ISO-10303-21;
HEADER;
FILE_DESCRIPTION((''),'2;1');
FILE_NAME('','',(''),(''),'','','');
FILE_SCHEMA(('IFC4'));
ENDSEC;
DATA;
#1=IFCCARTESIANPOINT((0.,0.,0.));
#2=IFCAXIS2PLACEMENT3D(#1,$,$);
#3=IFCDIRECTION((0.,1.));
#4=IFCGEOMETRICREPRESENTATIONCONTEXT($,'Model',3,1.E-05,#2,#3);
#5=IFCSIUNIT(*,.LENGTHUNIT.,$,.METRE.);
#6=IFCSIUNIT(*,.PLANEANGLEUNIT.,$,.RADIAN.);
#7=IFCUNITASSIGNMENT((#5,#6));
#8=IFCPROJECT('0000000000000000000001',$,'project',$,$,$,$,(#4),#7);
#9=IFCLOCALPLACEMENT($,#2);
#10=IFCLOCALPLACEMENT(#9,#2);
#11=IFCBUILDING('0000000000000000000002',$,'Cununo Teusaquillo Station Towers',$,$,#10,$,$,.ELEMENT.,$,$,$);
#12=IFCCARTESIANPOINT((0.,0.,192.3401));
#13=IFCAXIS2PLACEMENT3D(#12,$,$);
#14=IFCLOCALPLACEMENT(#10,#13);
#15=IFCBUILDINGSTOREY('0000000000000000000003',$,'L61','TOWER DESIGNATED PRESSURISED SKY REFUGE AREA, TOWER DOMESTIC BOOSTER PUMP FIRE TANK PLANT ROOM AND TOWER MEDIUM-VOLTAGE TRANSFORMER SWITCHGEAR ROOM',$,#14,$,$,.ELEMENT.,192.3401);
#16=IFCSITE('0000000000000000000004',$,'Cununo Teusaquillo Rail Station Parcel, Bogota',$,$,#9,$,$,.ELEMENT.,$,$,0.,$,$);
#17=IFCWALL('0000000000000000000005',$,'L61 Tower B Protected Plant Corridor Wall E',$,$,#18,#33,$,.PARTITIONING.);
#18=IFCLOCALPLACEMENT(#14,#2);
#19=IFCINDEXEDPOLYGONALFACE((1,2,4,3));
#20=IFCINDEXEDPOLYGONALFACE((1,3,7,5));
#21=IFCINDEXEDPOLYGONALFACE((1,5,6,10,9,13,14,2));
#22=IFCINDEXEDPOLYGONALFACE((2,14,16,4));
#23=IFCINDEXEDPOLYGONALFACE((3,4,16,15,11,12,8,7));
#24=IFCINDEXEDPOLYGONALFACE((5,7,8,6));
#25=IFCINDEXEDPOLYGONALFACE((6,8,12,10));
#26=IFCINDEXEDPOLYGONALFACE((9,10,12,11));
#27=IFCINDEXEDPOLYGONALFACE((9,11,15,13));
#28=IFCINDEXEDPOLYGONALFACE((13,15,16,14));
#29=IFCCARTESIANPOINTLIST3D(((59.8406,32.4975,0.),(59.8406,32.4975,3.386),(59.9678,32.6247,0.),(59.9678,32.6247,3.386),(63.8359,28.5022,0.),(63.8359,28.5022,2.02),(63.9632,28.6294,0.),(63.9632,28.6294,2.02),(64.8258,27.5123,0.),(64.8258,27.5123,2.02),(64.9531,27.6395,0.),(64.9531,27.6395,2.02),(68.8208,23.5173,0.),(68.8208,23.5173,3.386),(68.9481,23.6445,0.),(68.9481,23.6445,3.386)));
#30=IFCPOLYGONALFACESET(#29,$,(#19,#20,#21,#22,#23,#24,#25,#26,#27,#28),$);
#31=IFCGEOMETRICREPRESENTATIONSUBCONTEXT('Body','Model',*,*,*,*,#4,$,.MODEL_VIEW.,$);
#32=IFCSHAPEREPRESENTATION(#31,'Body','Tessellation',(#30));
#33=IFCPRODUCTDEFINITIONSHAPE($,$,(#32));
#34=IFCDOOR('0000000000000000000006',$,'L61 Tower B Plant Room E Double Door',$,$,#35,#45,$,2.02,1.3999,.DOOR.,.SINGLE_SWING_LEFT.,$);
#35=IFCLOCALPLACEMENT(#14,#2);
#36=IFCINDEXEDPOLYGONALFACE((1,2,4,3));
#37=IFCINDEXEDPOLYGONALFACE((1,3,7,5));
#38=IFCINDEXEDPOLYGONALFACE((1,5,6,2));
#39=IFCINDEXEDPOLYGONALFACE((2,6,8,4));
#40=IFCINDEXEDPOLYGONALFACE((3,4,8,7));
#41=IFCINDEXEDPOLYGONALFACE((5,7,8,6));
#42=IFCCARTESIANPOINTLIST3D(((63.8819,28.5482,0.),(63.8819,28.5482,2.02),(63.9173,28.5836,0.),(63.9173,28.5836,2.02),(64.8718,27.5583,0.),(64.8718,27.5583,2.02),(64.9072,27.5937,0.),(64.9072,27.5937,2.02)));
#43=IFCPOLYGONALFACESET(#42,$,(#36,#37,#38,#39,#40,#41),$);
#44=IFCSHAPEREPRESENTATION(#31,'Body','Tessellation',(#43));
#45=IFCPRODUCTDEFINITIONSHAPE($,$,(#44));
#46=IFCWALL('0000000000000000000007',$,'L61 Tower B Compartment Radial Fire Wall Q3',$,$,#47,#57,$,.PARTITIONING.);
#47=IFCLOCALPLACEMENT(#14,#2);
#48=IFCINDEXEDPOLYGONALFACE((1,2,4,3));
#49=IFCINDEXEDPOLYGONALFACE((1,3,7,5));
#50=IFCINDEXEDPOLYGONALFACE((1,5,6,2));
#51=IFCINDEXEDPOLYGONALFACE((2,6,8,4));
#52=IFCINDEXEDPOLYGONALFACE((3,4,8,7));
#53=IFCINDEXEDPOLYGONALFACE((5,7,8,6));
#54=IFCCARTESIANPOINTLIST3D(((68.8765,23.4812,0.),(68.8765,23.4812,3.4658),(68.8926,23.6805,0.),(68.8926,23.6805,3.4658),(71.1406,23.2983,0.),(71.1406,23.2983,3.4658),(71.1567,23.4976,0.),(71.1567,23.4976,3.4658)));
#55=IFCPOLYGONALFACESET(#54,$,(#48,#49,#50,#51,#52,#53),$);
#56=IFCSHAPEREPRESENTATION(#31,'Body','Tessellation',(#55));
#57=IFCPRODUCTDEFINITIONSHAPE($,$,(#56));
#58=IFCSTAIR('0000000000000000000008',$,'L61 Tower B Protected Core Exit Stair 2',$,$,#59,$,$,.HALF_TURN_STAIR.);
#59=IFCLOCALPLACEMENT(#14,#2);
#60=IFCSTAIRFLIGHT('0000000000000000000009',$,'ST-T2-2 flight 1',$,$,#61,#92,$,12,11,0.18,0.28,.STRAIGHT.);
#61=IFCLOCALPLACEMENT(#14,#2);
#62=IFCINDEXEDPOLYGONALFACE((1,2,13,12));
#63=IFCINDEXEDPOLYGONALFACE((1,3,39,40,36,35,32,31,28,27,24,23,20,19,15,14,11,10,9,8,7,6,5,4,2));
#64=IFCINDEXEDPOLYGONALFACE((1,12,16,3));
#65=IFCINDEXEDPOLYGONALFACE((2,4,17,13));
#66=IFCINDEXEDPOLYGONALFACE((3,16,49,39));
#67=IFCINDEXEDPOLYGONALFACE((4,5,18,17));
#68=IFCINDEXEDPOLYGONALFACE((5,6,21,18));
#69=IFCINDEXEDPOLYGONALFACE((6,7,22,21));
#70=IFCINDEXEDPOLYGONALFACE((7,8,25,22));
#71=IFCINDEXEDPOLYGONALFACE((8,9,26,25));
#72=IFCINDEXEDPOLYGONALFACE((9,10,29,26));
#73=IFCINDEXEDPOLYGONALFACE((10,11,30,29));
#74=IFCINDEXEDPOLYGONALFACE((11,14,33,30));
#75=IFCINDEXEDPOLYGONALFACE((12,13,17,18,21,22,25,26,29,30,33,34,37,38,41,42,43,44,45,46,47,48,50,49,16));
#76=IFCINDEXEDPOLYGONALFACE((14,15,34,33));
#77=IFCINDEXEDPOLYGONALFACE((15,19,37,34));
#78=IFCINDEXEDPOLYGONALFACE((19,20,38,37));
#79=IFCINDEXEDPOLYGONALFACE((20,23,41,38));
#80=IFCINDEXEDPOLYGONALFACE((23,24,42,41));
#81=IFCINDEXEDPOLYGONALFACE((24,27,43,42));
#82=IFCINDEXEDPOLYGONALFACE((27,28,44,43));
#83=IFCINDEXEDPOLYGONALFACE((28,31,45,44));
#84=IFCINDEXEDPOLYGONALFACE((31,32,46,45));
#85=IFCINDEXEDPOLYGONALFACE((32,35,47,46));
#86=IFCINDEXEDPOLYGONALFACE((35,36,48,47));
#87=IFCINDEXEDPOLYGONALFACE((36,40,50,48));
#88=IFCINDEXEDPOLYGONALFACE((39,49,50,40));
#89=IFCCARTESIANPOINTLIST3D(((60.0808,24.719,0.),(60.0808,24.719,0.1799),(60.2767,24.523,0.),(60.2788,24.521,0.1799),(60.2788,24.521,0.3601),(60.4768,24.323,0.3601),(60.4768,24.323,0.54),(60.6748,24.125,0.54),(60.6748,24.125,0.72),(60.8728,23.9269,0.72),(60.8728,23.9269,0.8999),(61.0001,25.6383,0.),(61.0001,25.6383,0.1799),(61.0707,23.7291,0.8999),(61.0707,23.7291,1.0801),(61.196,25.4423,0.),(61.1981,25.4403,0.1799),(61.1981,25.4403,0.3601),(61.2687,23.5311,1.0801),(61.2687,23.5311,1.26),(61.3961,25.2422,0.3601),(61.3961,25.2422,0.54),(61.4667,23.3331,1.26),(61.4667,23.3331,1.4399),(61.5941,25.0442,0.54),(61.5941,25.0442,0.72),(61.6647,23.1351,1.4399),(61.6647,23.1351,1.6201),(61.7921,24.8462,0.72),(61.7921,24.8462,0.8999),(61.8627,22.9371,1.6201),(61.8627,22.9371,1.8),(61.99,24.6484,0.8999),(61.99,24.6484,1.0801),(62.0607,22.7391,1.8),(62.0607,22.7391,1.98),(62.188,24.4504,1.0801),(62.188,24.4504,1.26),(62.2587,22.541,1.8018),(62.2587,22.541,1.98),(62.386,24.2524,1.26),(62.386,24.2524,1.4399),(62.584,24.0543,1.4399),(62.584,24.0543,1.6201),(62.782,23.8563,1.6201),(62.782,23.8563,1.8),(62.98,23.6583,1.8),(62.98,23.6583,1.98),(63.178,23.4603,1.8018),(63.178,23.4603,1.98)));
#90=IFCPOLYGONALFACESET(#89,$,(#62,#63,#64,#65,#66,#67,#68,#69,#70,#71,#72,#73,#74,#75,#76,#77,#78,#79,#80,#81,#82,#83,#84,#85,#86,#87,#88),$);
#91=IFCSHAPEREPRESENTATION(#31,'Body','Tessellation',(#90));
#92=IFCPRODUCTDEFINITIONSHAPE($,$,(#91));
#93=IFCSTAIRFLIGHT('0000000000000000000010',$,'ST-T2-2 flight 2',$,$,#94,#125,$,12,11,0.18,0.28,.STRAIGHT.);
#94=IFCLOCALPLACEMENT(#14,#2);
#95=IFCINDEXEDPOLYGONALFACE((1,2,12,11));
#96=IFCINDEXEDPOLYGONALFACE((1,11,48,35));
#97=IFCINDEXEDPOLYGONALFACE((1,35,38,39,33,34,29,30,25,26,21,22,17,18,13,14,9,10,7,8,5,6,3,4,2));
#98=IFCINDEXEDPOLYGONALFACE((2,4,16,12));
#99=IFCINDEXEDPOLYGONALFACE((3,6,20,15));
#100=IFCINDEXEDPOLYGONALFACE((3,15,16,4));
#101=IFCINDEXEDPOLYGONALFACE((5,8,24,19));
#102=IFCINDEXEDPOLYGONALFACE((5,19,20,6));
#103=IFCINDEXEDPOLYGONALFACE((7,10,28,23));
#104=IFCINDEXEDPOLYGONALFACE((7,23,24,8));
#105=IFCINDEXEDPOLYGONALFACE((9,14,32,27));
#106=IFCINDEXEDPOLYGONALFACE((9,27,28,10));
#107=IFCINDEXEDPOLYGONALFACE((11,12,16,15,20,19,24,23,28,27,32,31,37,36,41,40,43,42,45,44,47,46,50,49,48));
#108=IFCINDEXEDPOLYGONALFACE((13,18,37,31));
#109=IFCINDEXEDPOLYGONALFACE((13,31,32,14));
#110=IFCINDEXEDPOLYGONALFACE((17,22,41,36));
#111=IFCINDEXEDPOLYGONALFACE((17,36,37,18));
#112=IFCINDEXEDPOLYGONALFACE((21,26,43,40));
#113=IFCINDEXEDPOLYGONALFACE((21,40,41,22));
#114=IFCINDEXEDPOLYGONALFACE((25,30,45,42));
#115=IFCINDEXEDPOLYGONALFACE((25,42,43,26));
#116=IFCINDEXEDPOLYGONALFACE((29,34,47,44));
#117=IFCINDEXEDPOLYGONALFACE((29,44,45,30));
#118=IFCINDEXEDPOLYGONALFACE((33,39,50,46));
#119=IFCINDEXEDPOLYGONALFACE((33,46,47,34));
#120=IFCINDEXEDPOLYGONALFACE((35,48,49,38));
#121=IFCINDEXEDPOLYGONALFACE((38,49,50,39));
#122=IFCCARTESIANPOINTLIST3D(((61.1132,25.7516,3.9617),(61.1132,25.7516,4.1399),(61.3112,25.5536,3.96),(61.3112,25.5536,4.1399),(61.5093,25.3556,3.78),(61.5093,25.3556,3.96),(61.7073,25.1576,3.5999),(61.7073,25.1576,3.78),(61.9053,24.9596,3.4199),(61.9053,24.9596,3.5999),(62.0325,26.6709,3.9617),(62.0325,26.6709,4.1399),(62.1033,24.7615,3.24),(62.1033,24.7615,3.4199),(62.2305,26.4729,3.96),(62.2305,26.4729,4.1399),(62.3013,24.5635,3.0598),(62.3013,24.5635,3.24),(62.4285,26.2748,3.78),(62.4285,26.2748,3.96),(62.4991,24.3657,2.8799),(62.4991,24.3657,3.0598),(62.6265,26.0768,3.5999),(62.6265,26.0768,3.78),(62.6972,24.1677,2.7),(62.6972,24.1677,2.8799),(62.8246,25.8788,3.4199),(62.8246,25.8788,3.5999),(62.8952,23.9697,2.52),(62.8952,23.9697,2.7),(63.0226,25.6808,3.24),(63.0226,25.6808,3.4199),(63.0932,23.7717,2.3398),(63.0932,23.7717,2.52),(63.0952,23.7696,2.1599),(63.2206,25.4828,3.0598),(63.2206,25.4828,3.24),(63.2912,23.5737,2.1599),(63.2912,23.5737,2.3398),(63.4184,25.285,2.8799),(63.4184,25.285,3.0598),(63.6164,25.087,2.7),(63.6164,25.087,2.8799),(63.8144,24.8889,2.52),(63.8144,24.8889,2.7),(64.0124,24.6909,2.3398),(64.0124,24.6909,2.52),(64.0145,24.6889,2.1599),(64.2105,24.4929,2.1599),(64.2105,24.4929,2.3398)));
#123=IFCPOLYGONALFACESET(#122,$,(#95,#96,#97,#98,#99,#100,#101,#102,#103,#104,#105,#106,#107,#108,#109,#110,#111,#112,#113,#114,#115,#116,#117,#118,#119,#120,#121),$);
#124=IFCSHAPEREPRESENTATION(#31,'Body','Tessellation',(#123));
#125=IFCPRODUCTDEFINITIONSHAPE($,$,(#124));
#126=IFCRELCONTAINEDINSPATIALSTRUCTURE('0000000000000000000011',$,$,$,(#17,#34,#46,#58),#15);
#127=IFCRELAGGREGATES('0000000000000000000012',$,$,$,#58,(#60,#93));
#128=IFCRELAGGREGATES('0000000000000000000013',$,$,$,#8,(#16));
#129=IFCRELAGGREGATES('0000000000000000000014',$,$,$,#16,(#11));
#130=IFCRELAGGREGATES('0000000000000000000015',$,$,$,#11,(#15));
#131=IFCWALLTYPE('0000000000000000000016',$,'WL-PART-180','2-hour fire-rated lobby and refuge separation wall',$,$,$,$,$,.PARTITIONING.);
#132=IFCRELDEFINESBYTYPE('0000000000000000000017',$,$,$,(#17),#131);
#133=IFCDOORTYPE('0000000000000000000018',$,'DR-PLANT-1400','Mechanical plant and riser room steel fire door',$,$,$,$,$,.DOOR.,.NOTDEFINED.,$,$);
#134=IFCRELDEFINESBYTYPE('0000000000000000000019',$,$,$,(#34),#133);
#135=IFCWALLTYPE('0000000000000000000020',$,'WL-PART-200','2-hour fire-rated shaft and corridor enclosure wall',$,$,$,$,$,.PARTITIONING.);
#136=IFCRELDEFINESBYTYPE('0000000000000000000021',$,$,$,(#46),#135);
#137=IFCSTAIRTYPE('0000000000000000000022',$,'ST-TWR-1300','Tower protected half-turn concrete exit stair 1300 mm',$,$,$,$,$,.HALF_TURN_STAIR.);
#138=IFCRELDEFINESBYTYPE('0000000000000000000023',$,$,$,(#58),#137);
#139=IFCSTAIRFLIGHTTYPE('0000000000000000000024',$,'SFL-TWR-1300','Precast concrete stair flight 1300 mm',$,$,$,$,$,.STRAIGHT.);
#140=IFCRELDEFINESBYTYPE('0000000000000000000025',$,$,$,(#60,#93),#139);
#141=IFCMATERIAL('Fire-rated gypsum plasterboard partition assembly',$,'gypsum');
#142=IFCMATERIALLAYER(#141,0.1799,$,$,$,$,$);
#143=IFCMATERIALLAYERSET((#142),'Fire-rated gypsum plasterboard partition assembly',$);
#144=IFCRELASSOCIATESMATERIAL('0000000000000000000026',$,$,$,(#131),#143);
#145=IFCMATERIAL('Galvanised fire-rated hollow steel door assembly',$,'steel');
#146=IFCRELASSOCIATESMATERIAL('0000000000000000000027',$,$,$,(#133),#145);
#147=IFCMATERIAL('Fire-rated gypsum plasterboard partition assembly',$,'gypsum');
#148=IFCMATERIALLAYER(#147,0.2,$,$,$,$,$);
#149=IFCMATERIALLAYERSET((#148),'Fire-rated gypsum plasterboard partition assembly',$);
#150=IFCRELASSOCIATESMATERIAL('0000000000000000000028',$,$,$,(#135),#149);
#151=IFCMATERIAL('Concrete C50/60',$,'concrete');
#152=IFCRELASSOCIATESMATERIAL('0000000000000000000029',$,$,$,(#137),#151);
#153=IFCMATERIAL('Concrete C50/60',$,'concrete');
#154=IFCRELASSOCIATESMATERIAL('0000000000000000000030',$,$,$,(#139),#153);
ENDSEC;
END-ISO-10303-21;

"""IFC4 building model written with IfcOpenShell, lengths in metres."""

from ifc_helpers import new_model, si_unit, direction, frame, frame_2d, origin, place, context, subcontext, project, spatial, polyline, rectangle, outline, extrude, source, transform, mapped, material, layer, layer_set, type_object, element, fill, aggregate, save


model = new_model("IFC4")

# Units and contexts
model_context = context("Model", 3, precision=1e-05, world=origin(), true_north=direction((0.0, 1.0)))
body_context = subcontext(model_context, "Body", "Model", "MODEL_VIEW")
ifc_project = project(units=[si_unit("LENGTHUNIT", "METRE"), si_unit("PLANEANGLEUNIT", "RADIAN")], contexts=[model_context])

# Site, building, storey
site_placement = place(None, origin())
site = spatial("IfcSite", under=ifc_project, at=site_placement, Name="Cununo Teusaquillo Rail Station Parcel, Bogota", CompositionType="ELEMENT", RefElevation=0.0)
building_placement = place(site_placement, origin())
building = spatial("IfcBuilding", under=site, at=building_placement, Name="Cununo Teusaquillo Station Towers", CompositionType="ELEMENT")
storey_placement = place(building_placement, frame((0.0, 0.0, 192.3401)))
storey = spatial("IfcBuildingStorey", under=building, at=storey_placement, Name="L61", Description="TOWER DESIGNATED PRESSURISED SKY REFUGE AREA, TOWER DOMESTIC BOOSTER PUMP FIRE TANK PLANT ROOM AND TOWER MEDIUM-VOLTAGE TRANSFORMER SWITCHGEAR ROOM", CompositionType="ELEMENT", Elevation=192.3401)

# Wall, opening, door
ifc_material_1 = material(Name="Fire-rated gypsum plasterboard partition assembly", Category="gypsum")
ifc_layer_1 = layer(ifc_material_1, 0.1799)
ifc_layer_set_1 = layer_set([ifc_layer_1], Name="Fire-rated gypsum plasterboard partition assembly")
wall_type_1 = type_object("IfcWallType", Name="WL-PART-180", Description="2-hour fire-rated lobby and refuge separation wall", PredefinedType="PARTITIONING", material=ifc_layer_set_1)
wall_1_placement = place(storey_placement, frame((68.8845, 23.5808, 0.0), z_axis=(0.0, 0.0, 1.0), x_axis=(-0.707107, 0.707107, 0.0)))
wall_1 = element("IfcWall", 1, at=wall_1_placement, inside=storey, type_object=wall_type_1, Name="L61 Tower B Protected Plant Corridor Wall E", PredefinedType="PARTITIONING", context=body_context, shape_type="SweptSolid", body=[
    extrude(rectangle(XDim=12.7, YDim=0.1799, at=frame_2d((6.3501, 0.0))), origin(), (0.0, 0.0, 1.0), 3.386),
])
shared_shape_1 = source(origin(), body_context, "Body", "SweptSolid", [
    extrude(rectangle(XDim=1.3999, YDim=2.02, at=frame_2d((0.7, 1.01))), frame((0.0, 0.0999, 0.0), z_axis=(0.0, -1.0, 0.0), x_axis=(1.0, 0.0, 0.0)), (0.0, 0.0, 1.0), 0.2),
])
opening_placement = place(wall_1_placement, frame((5.6499, 0.0, 0.0)))
opening = element("IfcOpeningElement", 2, at=opening_placement, cuts=wall_1, PredefinedType="OPENING", context=body_context, shape_type="MappedRepresentation", body=[
    mapped(shared_shape_1, transform((0.0, 0.0, 0.0), x_axis=(1.0, 0.0, 0.0), y_axis=(0.0, 1.0, 0.0), z_axis=(0.0, 0.0, 1.0), scale=1.0)),
])
ifc_material_2 = material(Name="Galvanised fire-rated hollow steel door assembly", Category="steel")
door_type = type_object("IfcDoorType", Name="DR-PLANT-1400", Description="Mechanical plant and riser room steel fire door", OperationType="NOTDEFINED", PredefinedType="DOOR", material=ifc_material_2)
shared_shape_2 = source(origin(), body_context, "Body", "SweptSolid", [
    extrude(rectangle(XDim=1.3999, YDim=2.02, at=frame_2d((0.7, 1.01))), frame((0.0, 0.0249, 0.0), z_axis=(0.0, -1.0, 0.0), x_axis=(1.0, 0.0, 0.0)), (0.0, 0.0, 1.0), 0.05),
])
door_placement = place(opening_placement, origin())
door = element("IfcDoor", 3, at=door_placement, inside=storey, type_object=door_type, Name="L61 Tower B Plant Room E Double Door", OperationType="SINGLE_SWING_LEFT", OverallHeight=2.02, OverallWidth=1.3999, PredefinedType="DOOR", context=body_context, shape_type="MappedRepresentation", body=[
    mapped(shared_shape_2, transform((0.0, 0.0, 0.0), x_axis=(1.0, 0.0, 0.0), y_axis=(0.0, 1.0, 0.0), z_axis=(0.0, 0.0, 1.0), scale=1.0)),
])
fill(opening, door)

# Wall
ifc_material_3 = material(Name="Fire-rated gypsum plasterboard partition assembly", Category="gypsum")
ifc_layer_2 = layer(ifc_material_3, 0.2)
ifc_layer_set_2 = layer_set([ifc_layer_2], Name="Fire-rated gypsum plasterboard partition assembly")
wall_type_2 = type_object("IfcWallType", Name="WL-PART-200", Description="2-hour fire-rated shaft and corridor enclosure wall", PredefinedType="PARTITIONING", material=ifc_layer_set_2)
wall_2_placement = place(storey_placement, frame((68.8845, 23.5808, 0.0), z_axis=(0.0, 0.0, 1.0), x_axis=(0.996755, -0.080501, 0.0)))
element("IfcWall", 4, at=wall_2_placement, inside=storey, type_object=wall_type_2, Name="L61 Tower B Compartment Radial Fire Wall Q3", PredefinedType="PARTITIONING", context=body_context, shape_type="SweptSolid", body=[
    extrude(rectangle(XDim=2.2715, YDim=0.2, at=frame_2d((1.1357, 0.0))), origin(), (0.0, 0.0, 1.0), 3.4658),
])

# Stair, stair flights
ifc_material_4 = material(Name="Concrete C50/60", Category="concrete")
stair_type = type_object("IfcStairType", Name="ST-TWR-1300", Description="Tower protected half-turn concrete exit stair 1300 mm", PredefinedType="HALF_TURN_STAIR", material=ifc_material_4)
stair_placement = place(storey_placement, origin())
stair = element("IfcStair", 5, at=stair_placement, inside=storey, type_object=stair_type, Name="L61 Tower B Protected Core Exit Stair 2", PredefinedType="HALF_TURN_STAIR")
ifc_material_5 = material(Name="Concrete C50/60", Category="concrete")
stair_flight_type = type_object("IfcStairFlightType", Name="SFL-TWR-1300", Description="Precast concrete stair flight 1300 mm", PredefinedType="STRAIGHT", material=ifc_material_5)
stair_flight_1_placement = place(storey_placement, frame((60.5405, 25.1787, 0.0), z_axis=(0.0, 0.0, 1.0), x_axis=(0.707107, -0.707107, 0.0)))
stair_flight_1 = element("IfcStairFlight", 6, at=stair_flight_1_placement, type_object=stair_flight_type, Name="ST-T2-2 flight 1", NumberOfRisers=12, NumberOfTreads=11, PredefinedType="STRAIGHT", RiserHeight=0.18, TreadLength=0.28, context=body_context, shape_type="SweptSolid", body=[
    extrude(outline(polyline([(0.0, 0.0), (0.0, 0.1799), (0.28, 0.1799), (0.28, 0.3601), (0.5601, 0.3601), (0.5601, 0.54), (0.8401, 0.54), (0.8401, 0.72), (1.1201, 0.72), (1.1201, 0.8999), (1.3999, 0.8999), (1.3999, 1.0801), (1.6799, 1.0801), (1.6799, 1.26), (1.96, 1.26), (1.96, 1.4399), (2.24, 1.4399), (2.24, 1.6201), (2.52, 1.6201), (2.52, 1.8), (2.8, 1.8), (2.8, 1.98), (3.0801, 1.98), (3.0801, 2.1599), (3.0801, 1.8018), (0.2771, 0.0), (0.0, 0.0)])), frame((0.0, 0.6499, 0.0), z_axis=(0.0, -1.0, 0.0), x_axis=(1.0, 0.0, 0.0)), (0.0, 0.0, 1.0), 1.3),
])
stair_flight_2_placement = place(storey_placement, frame((63.7507, 24.0332, 2.1599), z_axis=(0.0, 0.0, 1.0), x_axis=(-0.707107, 0.707107, 0.0)))
stair_flight_2 = element("IfcStairFlight", 7, at=stair_flight_2_placement, type_object=stair_flight_type, Name="ST-T2-2 flight 2", NumberOfRisers=12, NumberOfTreads=11, PredefinedType="STRAIGHT", RiserHeight=0.18, TreadLength=0.28, context=body_context, shape_type="SweptSolid", body=[
    extrude(outline(polyline([(0.0, 0.0), (0.0, 0.1799), (0.28, 0.1799), (0.28, 0.3601), (0.5601, 0.3601), (0.5601, 0.54), (0.8401, 0.54), (0.8401, 0.72), (1.1201, 0.72), (1.1201, 0.8999), (1.3999, 0.8999), (1.3999, 1.0801), (1.6799, 1.0801), (1.6799, 1.26), (1.96, 1.26), (1.96, 1.4399), (2.24, 1.4399), (2.24, 1.6201), (2.52, 1.6201), (2.52, 1.8), (2.8, 1.8), (2.8, 1.98), (3.0801, 1.98), (3.0801, 2.1599), (3.0801, 1.8018), (0.2771, 0.0), (0.0, 0.0)])), frame((0.0, 0.6499, 0.0), z_axis=(0.0, -1.0, 0.0), x_axis=(1.0, 0.0, 0.0)), (0.0, 0.0, 1.0), 1.3),
])
aggregate(stair, [stair_flight_1, stair_flight_2])

save(model, "model.ifc")
